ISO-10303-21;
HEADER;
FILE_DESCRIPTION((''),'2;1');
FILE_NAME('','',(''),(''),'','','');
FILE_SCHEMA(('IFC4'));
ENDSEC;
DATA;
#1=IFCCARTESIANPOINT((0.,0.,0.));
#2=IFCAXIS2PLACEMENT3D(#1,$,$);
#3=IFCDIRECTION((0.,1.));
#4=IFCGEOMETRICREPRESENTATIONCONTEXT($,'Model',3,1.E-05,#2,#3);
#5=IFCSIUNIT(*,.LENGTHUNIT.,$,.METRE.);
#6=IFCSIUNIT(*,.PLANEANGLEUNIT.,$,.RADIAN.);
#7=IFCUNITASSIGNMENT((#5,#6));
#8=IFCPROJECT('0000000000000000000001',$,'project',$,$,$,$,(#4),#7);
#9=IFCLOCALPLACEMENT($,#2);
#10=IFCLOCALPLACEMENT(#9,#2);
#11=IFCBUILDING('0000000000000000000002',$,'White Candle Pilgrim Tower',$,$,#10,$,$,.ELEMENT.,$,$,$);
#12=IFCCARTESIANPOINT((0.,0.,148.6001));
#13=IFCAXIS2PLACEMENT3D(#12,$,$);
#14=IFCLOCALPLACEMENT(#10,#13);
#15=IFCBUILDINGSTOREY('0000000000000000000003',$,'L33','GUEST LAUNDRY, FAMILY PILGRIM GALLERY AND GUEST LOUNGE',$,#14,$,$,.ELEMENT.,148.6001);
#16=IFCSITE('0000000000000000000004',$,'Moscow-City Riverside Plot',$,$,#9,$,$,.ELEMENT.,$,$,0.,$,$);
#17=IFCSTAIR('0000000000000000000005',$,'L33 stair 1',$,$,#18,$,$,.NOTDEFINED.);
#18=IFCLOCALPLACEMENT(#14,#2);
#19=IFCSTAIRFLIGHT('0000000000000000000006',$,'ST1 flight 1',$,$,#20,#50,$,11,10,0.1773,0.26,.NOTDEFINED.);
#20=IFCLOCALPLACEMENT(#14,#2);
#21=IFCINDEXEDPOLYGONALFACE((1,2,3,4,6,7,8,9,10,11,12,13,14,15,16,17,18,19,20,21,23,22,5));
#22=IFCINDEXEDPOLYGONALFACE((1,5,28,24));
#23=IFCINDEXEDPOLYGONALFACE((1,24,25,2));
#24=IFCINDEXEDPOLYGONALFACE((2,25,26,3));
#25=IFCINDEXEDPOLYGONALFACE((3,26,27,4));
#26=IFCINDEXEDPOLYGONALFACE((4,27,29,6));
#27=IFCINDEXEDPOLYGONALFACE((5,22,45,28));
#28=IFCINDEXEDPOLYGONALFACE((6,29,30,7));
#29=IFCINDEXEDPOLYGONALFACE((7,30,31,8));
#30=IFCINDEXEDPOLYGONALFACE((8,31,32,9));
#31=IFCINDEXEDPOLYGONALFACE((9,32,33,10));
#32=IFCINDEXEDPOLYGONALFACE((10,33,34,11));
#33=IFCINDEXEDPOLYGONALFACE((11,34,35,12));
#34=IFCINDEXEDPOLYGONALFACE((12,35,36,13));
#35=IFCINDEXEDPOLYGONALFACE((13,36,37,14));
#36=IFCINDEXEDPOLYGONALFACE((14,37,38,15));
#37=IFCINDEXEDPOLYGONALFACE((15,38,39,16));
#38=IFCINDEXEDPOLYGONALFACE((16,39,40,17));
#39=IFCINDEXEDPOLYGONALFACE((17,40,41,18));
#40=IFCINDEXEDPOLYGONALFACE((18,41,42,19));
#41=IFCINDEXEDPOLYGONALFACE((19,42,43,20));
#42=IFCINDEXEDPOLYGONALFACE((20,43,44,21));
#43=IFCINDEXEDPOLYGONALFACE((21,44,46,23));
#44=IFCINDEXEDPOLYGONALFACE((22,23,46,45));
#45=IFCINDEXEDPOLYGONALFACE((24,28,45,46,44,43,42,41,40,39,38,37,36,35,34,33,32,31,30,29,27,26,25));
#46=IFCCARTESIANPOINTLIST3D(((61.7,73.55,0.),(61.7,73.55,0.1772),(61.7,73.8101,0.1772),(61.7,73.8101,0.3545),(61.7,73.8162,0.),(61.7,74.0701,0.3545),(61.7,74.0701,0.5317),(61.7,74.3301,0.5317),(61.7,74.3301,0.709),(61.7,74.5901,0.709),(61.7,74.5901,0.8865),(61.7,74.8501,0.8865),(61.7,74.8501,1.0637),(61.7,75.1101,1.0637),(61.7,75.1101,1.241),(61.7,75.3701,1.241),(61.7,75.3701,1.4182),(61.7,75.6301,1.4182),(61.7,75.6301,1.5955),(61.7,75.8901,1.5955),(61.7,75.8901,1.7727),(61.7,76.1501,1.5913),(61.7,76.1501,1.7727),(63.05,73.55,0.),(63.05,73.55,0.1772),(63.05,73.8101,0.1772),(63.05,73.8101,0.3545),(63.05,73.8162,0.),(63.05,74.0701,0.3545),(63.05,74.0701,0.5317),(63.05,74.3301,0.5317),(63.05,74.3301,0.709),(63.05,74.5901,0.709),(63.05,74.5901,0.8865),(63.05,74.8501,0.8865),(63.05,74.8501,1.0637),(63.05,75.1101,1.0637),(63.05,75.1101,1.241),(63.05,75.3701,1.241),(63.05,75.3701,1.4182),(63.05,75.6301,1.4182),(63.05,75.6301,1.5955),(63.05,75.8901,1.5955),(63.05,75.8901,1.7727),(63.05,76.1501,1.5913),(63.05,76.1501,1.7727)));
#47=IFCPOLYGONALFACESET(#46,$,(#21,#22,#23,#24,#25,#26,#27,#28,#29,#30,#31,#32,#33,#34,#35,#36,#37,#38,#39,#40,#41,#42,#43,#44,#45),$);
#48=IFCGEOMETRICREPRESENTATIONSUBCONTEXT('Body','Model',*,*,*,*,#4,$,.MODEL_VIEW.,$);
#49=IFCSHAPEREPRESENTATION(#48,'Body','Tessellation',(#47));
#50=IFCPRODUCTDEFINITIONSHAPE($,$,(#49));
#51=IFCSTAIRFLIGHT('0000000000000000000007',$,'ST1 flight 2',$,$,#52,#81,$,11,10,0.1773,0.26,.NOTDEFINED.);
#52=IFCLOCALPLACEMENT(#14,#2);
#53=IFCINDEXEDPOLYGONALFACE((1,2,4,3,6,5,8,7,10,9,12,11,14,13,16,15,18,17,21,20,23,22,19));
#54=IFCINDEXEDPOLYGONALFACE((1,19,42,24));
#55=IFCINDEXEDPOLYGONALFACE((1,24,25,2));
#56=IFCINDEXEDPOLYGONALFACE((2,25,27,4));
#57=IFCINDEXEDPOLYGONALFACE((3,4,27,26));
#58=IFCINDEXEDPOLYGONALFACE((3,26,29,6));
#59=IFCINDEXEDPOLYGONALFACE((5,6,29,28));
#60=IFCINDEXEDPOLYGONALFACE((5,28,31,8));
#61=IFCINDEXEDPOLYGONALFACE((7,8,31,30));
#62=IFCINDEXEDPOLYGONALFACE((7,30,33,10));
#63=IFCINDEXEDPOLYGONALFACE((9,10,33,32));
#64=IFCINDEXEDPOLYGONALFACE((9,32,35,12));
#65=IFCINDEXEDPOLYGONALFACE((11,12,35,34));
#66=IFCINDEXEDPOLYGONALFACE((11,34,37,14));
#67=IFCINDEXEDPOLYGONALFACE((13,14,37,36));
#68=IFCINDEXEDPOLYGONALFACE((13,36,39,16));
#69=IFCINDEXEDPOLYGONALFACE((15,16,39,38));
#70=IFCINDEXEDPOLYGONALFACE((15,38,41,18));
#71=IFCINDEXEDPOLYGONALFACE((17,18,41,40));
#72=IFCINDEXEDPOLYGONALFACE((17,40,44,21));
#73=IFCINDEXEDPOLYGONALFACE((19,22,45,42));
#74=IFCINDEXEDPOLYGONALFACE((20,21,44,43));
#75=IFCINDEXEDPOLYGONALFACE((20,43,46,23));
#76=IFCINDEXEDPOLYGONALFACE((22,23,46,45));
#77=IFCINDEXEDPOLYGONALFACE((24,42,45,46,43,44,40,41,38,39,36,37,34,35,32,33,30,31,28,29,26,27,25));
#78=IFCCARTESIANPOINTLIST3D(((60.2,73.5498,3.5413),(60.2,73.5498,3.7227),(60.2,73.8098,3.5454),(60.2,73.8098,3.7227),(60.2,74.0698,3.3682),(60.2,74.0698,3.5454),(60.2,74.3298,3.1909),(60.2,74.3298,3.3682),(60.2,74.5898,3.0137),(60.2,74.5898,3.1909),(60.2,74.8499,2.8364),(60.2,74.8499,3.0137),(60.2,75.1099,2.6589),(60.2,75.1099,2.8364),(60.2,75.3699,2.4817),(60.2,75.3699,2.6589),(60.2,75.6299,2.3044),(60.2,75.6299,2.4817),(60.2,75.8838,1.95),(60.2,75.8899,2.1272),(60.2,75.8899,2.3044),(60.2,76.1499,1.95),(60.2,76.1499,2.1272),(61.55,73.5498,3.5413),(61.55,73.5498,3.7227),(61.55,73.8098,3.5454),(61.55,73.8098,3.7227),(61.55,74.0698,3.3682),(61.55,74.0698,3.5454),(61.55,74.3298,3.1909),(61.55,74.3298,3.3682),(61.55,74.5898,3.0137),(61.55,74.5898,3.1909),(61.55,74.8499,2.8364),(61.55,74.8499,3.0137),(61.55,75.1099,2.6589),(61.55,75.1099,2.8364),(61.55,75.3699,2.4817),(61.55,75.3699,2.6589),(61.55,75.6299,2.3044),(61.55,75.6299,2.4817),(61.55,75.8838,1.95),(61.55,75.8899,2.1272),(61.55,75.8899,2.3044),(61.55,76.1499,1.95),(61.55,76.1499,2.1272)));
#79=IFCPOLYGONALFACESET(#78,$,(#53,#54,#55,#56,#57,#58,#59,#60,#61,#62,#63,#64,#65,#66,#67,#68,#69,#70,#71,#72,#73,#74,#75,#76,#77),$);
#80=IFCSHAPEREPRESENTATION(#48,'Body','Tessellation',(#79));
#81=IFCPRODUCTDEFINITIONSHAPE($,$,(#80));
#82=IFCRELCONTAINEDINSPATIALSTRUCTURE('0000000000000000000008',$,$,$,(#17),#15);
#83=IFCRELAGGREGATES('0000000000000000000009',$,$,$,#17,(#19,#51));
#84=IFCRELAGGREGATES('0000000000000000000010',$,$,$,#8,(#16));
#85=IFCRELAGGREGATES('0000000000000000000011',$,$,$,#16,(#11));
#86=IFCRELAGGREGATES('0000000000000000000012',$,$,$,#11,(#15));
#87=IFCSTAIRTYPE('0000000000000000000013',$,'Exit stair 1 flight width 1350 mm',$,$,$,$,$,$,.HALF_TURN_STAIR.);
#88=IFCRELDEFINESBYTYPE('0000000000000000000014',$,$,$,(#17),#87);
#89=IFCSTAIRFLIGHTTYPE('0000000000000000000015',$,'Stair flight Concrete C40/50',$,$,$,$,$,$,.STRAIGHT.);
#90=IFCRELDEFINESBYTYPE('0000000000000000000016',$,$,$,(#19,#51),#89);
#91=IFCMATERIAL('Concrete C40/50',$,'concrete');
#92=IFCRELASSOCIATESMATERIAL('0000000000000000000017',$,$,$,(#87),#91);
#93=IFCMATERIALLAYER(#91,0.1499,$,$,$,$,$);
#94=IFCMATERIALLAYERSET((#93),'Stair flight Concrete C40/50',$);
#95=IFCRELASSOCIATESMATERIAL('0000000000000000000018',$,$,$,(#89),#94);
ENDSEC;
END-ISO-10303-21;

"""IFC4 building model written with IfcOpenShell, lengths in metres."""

from ifc_helpers import new_model, si_unit, direction, frame, origin, place, context, subcontext, project, spatial, polyline, outline, extrude, material, layer, layer_set, type_object, element, aggregate, save


model = new_model("IFC4")

# Units and contexts
model_context = context("Model", 3, precision=1e-05, world=origin(), true_north=direction((0.0, 1.0)))
body_context = subcontext(model_context, "Body", "Model", "MODEL_VIEW")
ifc_project = project(units=[si_unit("LENGTHUNIT", "METRE"), si_unit("PLANEANGLEUNIT", "RADIAN")], contexts=[model_context])

# Site, building, storey
site_placement = place(None, origin())
site = spatial("IfcSite", under=ifc_project, at=site_placement, Name="Moscow-City Riverside Plot", CompositionType="ELEMENT", RefElevation=0.0)
building_placement = place(site_placement, origin())
building = spatial("IfcBuilding", under=site, at=building_placement, Name="White Candle Pilgrim Tower", CompositionType="ELEMENT")
storey_placement = place(building_placement, frame((0.0, 0.0, 148.6001)))
storey = spatial("IfcBuildingStorey", under=building, at=storey_placement, Name="L33", Description="GUEST LAUNDRY, FAMILY PILGRIM GALLERY AND GUEST LOUNGE", CompositionType="ELEMENT", Elevation=148.6001)

# Stair, stair flights
ifc_material_1 = material(Name="Concrete C40/50", Category="concrete")
stair_type = type_object("IfcStairType", Name="Exit stair 1 flight width 1350 mm", PredefinedType="HALF_TURN_STAIR", material=ifc_material_1)
stair_placement = place(storey_placement, origin())
stair = element("IfcStair", 1, at=stair_placement, inside=storey, type_object=stair_type, Name="L33 stair 1", PredefinedType="NOTDEFINED")
ifc_layer_1 = layer(ifc_material_1, 0.1499)
ifc_layer_set_1 = layer_set([ifc_layer_1], Name="Stair flight Concrete C40/50")
stair_flight_type = type_object("IfcStairFlightType", Name="Stair flight Concrete C40/50", PredefinedType="STRAIGHT", material=ifc_layer_set_1)
stair_flight_1_placement = place(storey_placement, frame((62.375, 73.55, 0.0), z_axis=(0.0, 0.0, 1.0), x_axis=(0.0, 1.0, 0.0)))
stair_flight_1 = element("IfcStairFlight", 2, at=stair_flight_1_placement, type_object=stair_flight_type, Name="ST1 flight 1", NumberOfRisers=11, NumberOfTreads=10, PredefinedType="NOTDEFINED", RiserHeight=0.1773, TreadLength=0.26, context=body_context, shape_type="SweptSolid", body=[
    extrude(outline(polyline([(0.0, 0.0), (0.0, 0.1772), (0.26, 0.1772), (0.26, 0.3545), (0.52, 0.3545), (0.52, 0.5317), (0.78, 0.5317), (0.78, 0.709), (1.04, 0.709), (1.04, 0.8865), (1.3, 0.8865), (1.3, 1.0637), (1.5601, 1.0637), (1.5601, 1.241), (1.8201, 1.241), (1.8201, 1.4182), (2.0801, 1.4182), (2.0801, 1.5955), (2.3401, 1.5955), (2.3401, 1.7727), (2.6001, 1.7727), (2.6001, 1.95), (2.6001, 1.5913), (0.2661, 0.0), (0.0, 0.0)])), frame((0.0, 0.675, 0.0), z_axis=(0.0, -1.0, 0.0), x_axis=(1.0, 0.0, 0.0)), (0.0, 0.0, 1.0), 1.3501),
])
stair_flight_2_placement = place(storey_placement, frame((60.875, 76.1499, 1.95), z_axis=(0.0, 0.0, 1.0), x_axis=(0.0, -1.0, 0.0)))
stair_flight_2 = element("IfcStairFlight", 3, at=stair_flight_2_placement, type_object=stair_flight_type, Name="ST1 flight 2", NumberOfRisers=11, NumberOfTreads=10, PredefinedType="NOTDEFINED", RiserHeight=0.1773, TreadLength=0.26, context=body_context, shape_type="SweptSolid", body=[
    extrude(outline(polyline([(0.0, 0.0), (0.0, 0.1772), (0.26, 0.1772), (0.26, 0.3545), (0.52, 0.3545), (0.52, 0.5317), (0.78, 0.5317), (0.78, 0.709), (1.04, 0.709), (1.04, 0.8865), (1.3, 0.8865), (1.3, 1.0637), (1.5601, 1.0637), (1.5601, 1.241), (1.8201, 1.241), (1.8201, 1.4182), (2.0801, 1.4182), (2.0801, 1.5955), (2.3401, 1.5955), (2.3401, 1.7727), (2.6001, 1.7727), (2.6001, 1.95), (2.6001, 1.5913), (0.2661, 0.0), (0.0, 0.0)])), frame((0.0, 0.675, 0.0), z_axis=(0.0, -1.0, 0.0), x_axis=(1.0, 0.0, 0.0)), (0.0, 0.0, 1.0), 1.3501),
])
aggregate(stair, [stair_flight_1, stair_flight_2])

save(model, "model.ifc")
